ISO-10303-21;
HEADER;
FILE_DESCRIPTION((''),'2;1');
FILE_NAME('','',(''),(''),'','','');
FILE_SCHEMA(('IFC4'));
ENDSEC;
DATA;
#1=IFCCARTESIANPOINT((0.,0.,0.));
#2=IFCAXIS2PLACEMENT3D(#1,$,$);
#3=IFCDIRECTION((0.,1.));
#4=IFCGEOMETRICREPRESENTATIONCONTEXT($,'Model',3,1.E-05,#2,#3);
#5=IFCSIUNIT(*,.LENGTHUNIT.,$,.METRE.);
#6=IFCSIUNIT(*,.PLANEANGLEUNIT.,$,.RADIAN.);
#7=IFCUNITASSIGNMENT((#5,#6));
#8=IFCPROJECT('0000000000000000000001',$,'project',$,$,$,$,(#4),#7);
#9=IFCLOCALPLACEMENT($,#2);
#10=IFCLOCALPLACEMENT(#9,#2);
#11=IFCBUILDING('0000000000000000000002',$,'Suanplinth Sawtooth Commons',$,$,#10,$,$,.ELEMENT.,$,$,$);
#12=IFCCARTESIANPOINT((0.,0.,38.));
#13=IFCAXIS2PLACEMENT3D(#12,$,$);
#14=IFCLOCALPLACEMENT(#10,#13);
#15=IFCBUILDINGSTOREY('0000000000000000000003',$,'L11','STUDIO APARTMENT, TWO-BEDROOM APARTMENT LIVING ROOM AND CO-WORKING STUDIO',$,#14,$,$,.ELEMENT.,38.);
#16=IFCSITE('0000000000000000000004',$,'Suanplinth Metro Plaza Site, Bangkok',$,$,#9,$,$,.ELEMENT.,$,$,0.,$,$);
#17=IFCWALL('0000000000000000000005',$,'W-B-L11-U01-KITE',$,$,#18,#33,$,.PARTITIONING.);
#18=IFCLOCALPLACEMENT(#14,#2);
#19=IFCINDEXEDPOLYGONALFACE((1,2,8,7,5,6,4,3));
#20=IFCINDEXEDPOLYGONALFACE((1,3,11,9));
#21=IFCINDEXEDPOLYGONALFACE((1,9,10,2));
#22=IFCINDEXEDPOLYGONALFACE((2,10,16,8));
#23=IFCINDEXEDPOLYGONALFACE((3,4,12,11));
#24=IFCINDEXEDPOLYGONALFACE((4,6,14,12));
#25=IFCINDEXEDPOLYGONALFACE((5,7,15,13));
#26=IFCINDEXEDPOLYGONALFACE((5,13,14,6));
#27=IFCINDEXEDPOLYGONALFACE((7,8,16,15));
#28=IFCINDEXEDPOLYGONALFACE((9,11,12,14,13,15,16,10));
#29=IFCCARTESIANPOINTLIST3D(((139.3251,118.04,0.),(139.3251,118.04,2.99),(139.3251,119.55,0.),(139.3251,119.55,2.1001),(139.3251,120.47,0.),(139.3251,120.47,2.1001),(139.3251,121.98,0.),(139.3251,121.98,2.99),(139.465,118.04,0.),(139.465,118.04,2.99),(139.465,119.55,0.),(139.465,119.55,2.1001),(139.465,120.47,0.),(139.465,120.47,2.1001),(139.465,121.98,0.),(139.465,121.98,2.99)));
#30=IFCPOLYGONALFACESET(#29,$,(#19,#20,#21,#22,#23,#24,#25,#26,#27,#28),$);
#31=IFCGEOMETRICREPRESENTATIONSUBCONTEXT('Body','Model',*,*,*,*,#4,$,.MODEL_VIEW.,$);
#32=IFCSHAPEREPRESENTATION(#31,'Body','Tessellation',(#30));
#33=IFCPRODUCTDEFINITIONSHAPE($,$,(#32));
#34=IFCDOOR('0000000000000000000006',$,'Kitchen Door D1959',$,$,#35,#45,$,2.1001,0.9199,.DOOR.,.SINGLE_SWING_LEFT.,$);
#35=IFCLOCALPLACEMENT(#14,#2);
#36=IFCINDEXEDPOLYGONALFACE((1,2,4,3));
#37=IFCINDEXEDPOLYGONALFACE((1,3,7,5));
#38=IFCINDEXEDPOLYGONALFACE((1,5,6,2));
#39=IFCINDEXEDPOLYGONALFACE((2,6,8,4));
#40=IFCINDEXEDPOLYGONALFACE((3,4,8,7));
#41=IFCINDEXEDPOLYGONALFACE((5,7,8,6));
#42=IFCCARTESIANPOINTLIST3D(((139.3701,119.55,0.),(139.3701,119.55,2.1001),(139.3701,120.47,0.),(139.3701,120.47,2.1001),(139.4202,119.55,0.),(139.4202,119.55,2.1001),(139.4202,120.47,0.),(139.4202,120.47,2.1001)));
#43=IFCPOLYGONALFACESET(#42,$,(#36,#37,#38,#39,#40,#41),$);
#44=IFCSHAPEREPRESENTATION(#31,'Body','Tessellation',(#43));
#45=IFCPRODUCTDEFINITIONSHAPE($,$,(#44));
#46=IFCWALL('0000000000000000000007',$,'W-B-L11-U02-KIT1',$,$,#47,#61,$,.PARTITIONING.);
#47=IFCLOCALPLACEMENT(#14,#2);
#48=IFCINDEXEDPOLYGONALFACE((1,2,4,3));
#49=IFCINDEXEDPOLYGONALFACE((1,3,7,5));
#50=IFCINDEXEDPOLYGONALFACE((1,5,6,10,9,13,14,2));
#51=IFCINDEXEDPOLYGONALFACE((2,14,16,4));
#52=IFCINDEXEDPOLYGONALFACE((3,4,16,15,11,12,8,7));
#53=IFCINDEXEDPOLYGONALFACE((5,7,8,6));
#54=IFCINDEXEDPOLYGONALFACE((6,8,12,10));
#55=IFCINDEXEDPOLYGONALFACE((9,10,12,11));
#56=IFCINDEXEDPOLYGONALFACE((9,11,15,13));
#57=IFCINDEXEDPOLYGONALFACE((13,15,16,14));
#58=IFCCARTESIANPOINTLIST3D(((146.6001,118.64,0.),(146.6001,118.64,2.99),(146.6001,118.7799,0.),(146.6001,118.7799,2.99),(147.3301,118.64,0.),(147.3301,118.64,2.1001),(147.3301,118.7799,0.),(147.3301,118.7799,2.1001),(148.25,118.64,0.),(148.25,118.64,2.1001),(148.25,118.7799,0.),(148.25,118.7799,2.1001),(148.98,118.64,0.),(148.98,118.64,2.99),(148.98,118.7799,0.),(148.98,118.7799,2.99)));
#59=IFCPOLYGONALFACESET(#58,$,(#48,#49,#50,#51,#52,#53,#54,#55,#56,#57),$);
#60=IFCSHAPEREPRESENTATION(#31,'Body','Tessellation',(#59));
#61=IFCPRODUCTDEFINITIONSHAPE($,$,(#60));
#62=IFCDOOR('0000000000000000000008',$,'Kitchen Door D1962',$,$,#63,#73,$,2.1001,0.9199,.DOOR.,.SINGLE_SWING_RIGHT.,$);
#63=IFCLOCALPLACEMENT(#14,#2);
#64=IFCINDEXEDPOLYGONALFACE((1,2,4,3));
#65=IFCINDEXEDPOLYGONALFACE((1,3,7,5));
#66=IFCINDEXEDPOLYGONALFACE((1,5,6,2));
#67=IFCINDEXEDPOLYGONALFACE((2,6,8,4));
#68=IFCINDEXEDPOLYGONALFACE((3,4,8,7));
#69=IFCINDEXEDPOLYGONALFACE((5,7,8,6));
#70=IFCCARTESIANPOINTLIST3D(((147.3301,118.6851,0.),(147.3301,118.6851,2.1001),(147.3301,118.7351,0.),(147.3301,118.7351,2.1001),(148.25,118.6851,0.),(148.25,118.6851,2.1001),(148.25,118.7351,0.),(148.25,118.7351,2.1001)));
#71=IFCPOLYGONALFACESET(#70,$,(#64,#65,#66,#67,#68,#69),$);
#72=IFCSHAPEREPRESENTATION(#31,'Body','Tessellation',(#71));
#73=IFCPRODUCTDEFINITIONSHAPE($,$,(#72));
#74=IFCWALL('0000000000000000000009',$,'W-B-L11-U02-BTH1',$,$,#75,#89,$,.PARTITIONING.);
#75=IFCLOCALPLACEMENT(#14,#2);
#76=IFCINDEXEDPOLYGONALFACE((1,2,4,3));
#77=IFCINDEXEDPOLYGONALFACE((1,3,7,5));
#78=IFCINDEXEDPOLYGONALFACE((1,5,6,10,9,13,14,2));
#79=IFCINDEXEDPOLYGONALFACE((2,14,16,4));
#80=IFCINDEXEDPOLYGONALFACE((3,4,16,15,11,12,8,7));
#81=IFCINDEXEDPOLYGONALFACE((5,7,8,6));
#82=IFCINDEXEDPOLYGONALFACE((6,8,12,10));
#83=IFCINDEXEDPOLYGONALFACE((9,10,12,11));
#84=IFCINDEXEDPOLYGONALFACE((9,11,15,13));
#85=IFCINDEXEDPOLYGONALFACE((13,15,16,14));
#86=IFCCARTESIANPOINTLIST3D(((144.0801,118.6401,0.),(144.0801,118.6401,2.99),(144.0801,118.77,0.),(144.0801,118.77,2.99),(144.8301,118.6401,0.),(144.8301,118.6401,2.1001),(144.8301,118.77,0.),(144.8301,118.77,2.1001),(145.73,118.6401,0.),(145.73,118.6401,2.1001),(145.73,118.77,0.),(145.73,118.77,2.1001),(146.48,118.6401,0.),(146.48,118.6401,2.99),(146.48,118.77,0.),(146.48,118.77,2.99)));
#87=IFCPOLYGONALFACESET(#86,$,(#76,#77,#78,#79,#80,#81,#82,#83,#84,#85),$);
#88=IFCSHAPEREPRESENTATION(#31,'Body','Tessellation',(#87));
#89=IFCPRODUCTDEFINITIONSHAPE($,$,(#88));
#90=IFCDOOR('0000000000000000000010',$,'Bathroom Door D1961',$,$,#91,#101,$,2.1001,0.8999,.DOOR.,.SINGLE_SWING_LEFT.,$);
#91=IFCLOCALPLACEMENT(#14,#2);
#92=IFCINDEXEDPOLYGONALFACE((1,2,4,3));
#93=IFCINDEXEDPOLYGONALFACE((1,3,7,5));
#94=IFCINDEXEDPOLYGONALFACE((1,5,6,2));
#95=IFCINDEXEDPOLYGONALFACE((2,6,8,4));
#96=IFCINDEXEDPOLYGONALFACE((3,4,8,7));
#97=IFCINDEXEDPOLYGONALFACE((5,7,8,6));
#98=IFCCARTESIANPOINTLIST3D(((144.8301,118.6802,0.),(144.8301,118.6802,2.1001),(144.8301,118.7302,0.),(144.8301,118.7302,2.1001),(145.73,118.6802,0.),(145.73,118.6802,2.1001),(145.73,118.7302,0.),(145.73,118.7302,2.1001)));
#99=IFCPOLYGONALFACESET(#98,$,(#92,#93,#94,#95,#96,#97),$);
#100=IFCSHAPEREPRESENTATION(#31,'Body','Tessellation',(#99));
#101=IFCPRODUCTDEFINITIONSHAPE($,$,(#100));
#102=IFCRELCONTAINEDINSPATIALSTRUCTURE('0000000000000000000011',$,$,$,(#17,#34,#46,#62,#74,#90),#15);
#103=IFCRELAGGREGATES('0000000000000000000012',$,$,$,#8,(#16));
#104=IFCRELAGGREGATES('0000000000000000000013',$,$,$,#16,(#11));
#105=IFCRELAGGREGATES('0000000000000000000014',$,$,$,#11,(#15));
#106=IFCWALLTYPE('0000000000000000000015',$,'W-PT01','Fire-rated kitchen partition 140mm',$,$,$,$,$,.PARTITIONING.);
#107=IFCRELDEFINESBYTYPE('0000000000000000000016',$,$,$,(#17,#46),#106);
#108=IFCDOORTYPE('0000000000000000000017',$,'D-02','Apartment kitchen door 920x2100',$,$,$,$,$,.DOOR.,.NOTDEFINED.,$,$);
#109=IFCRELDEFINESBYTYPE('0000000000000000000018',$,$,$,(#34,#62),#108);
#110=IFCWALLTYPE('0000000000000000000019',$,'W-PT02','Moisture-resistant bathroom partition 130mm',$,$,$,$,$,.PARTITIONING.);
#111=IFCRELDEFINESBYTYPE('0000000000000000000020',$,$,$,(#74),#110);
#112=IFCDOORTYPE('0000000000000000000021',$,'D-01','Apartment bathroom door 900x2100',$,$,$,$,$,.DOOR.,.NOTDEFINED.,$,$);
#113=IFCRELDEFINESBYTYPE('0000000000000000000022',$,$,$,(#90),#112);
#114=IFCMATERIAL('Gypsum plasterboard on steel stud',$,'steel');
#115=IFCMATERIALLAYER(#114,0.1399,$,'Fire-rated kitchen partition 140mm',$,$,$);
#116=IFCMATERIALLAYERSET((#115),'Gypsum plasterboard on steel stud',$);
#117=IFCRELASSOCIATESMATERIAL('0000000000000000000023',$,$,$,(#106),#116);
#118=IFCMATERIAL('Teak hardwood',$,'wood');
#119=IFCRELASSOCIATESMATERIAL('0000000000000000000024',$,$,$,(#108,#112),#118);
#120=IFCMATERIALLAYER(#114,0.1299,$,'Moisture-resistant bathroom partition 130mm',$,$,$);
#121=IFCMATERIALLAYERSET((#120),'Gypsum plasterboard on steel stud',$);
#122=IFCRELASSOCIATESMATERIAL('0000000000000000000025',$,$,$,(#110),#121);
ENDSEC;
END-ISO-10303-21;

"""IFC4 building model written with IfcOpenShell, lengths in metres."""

from ifc_helpers import new_model, si_unit, direction, frame, frame_2d, origin, place, context, subcontext, project, spatial, rectangle, extrude, material, layer, layer_set, type_object, element, fill, save


model = new_model("IFC4")

# Units and contexts
model_context = context("Model", 3, precision=1e-05, world=origin(), true_north=direction((0.0, 1.0)))
body_context = subcontext(model_context, "Body", "Model", "MODEL_VIEW")
ifc_project = project(units=[si_unit("LENGTHUNIT", "METRE"), si_unit("PLANEANGLEUNIT", "RADIAN")], contexts=[model_context])

# Site, building, storey
site_placement = place(None, origin())
site = spatial("IfcSite", under=ifc_project, at=site_placement, Name="Suanplinth Metro Plaza Site, Bangkok", CompositionType="ELEMENT", RefElevation=0.0)
building_placement = place(site_placement, origin())
building = spatial("IfcBuilding", under=site, at=building_placement, Name="Suanplinth Sawtooth Commons", CompositionType="ELEMENT")
storey_placement = place(building_placement, frame((0.0, 0.0, 38.0)))
storey = spatial("IfcBuildingStorey", under=building, at=storey_placement, Name="L11", Description="STUDIO APARTMENT, TWO-BEDROOM APARTMENT LIVING ROOM AND CO-WORKING STUDIO", CompositionType="ELEMENT", Elevation=38.0)

# Walls, openings, doors
ifc_material_1 = material(Name="Gypsum plasterboard on steel stud", Category="steel")
ifc_layer_1 = layer(ifc_material_1, 0.1399, Name="Fire-rated kitchen partition 140mm")
ifc_layer_set_1 = layer_set([ifc_layer_1], Name="Gypsum plasterboard on steel stud")
wall_type_1 = type_object("IfcWallType", Name="W-PT01", Description="Fire-rated kitchen partition 140mm", PredefinedType="PARTITIONING", material=ifc_layer_set_1)
wall_1_placement = place(storey_placement, frame((139.395, 118.04, 0.0), z_axis=(0.0, 0.0, 1.0), x_axis=(0.0, 1.0, 0.0)))
wall_1 = element("IfcWall", 1, at=wall_1_placement, inside=storey, type_object=wall_type_1, Name="W-B-L11-U01-KITE", PredefinedType="PARTITIONING", context=body_context, shape_type="SweptSolid", body=[
    extrude(rectangle(XDim=3.9399, YDim=0.1399, at=frame_2d((1.97, 0.0))), origin(), (0.0, 0.0, 1.0), 2.99),
])
opening_1_placement = place(wall_1_placement, frame((1.51, 0.0, 0.0)))
opening_1 = element("IfcOpeningElement", 2, at=opening_1_placement, cuts=wall_1, PredefinedType="OPENING", context=body_context, shape_type="SweptSolid", body=[
    extrude(rectangle(XDim=0.9199, YDim=2.1001, at=frame_2d((0.46, 1.05))), frame((0.0, 0.085, 0.0), z_axis=(0.0, -1.0, 0.0), x_axis=(1.0, 0.0, 0.0)), (0.0, 0.0, 1.0), 0.1697),
])
ifc_material_2 = material(Name="Teak hardwood", Category="wood")
door_type_1 = type_object("IfcDoorType", Name="D-02", Description="Apartment kitchen door 920x2100", OperationType="NOTDEFINED", PredefinedType="DOOR", material=ifc_material_2)
door_1_placement = place(opening_1_placement, origin())
door_1 = element("IfcDoor", 3, at=door_1_placement, inside=storey, type_object=door_type_1, Name="Kitchen Door D1959", OperationType="SINGLE_SWING_LEFT", OverallHeight=2.1001, OverallWidth=0.9199, PredefinedType="DOOR", context=body_context, shape_type="SweptSolid", body=[
    extrude(rectangle(XDim=0.9199, YDim=2.1001, at=frame_2d((0.46, 1.05))), frame((0.0, 0.0249, 0.0), z_axis=(0.0, -1.0, 0.0), x_axis=(1.0, 0.0, 0.0)), (0.0, 0.0, 1.0), 0.05),
])
fill(opening_1, door_1)
wall_2_placement = place(storey_placement, frame((146.6001, 118.71, 0.0), z_axis=(0.0, 0.0, 1.0), x_axis=(1.0, 0.0, 0.0)))
wall_2 = element("IfcWall", 4, at=wall_2_placement, inside=storey, type_object=wall_type_1, Name="W-B-L11-U02-KIT1", PredefinedType="PARTITIONING", context=body_context, shape_type="SweptSolid", body=[
    extrude(rectangle(XDim=2.3799, YDim=0.1399, at=frame_2d((1.1899, 0.0))), origin(), (0.0, 0.0, 1.0), 2.99),
])
opening_2_placement = place(wall_2_placement, frame((0.73, 0.0, 0.0)))
opening_2 = element("IfcOpeningElement", 5, at=opening_2_placement, cuts=wall_2, PredefinedType="OPENING", context=body_context, shape_type="SweptSolid", body=[
    extrude(rectangle(XDim=0.9199, YDim=2.1001, at=frame_2d((0.46, 1.05))), frame((0.0, 0.085, 0.0), z_axis=(0.0, -1.0, 0.0), x_axis=(1.0, 0.0, 0.0)), (0.0, 0.0, 1.0), 0.1697),
])
door_2_placement = place(opening_2_placement, frame((0.9199, 0.0, 0.0), z_axis=(0.0, 0.0, 1.0), x_axis=(-1.0, 0.0, 0.0)))
door_2 = element("IfcDoor", 6, at=door_2_placement, inside=storey, type_object=door_type_1, Name="Kitchen Door D1962", OperationType="SINGLE_SWING_RIGHT", OverallHeight=2.1001, OverallWidth=0.9199, PredefinedType="DOOR", context=body_context, shape_type="SweptSolid", body=[
    extrude(rectangle(XDim=0.9199, YDim=2.1001, at=frame_2d((0.46, 1.05))), frame((0.0, 0.0249, 0.0), z_axis=(0.0, -1.0, 0.0), x_axis=(1.0, 0.0, 0.0)), (0.0, 0.0, 1.0), 0.05),
])
fill(opening_2, door_2)
ifc_layer_2 = layer(ifc_material_1, 0.1299, Name="Moisture-resistant bathroom partition 130mm")
ifc_layer_set_2 = layer_set([ifc_layer_2], Name="Gypsum plasterboard on steel stud")
wall_type_2 = type_object("IfcWallType", Name="W-PT02", Description="Moisture-resistant bathroom partition 130mm", PredefinedType="PARTITIONING", material=ifc_layer_set_2)
wall_3_placement = place(storey_placement, frame((144.0801, 118.7051, 0.0), z_axis=(0.0, 0.0, 1.0), x_axis=(1.0, 0.0, 0.0)))
wall_3 = element("IfcWall", 7, at=wall_3_placement, inside=storey, type_object=wall_type_2, Name="W-B-L11-U02-BTH1", PredefinedType="PARTITIONING", context=body_context, shape_type="SweptSolid", body=[
    extrude(rectangle(XDim=2.3999, YDim=0.1299, at=frame_2d((1.2, 0.0))), origin(), (0.0, 0.0, 1.0), 2.99),
])
opening_3_placement = place(wall_3_placement, frame((0.75, 0.0, 0.0)))
opening_3 = element("IfcOpeningElement", 8, at=opening_3_placement, cuts=wall_3, PredefinedType="OPENING", context=body_context, shape_type="SweptSolid", body=[
    extrude(rectangle(XDim=0.8999, YDim=2.1001, at=frame_2d((0.45, 1.05))), frame((0.0, 0.0798, 0.0), z_axis=(0.0, -1.0, 0.0), x_axis=(1.0, 0.0, 0.0)), (0.0, 0.0, 1.0), 0.1597),
])
door_type_2 = type_object("IfcDoorType", Name="D-01", Description="Apartment bathroom door 900x2100", OperationType="NOTDEFINED", PredefinedType="DOOR", material=ifc_material_2)
door_3_placement = place(opening_3_placement, frame((0.8999, 0.0, 0.0), z_axis=(0.0, 0.0, 1.0), x_axis=(-1.0, 0.0, 0.0)))
door_3 = element("IfcDoor", 9, at=door_3_placement, inside=storey, type_object=door_type_2, Name="Bathroom Door D1961", OperationType="SINGLE_SWING_LEFT", OverallHeight=2.1001, OverallWidth=0.8999, PredefinedType="DOOR", context=body_context, shape_type="SweptSolid", body=[
    extrude(rectangle(XDim=0.8999, YDim=2.1001, at=frame_2d((0.45, 1.05))), frame((0.0, 0.0249, 0.0), z_axis=(0.0, -1.0, 0.0), x_axis=(1.0, 0.0, 0.0)), (0.0, 0.0, 1.0), 0.05),
])
fill(opening_3, door_3)

save(model, "model.ifc")
